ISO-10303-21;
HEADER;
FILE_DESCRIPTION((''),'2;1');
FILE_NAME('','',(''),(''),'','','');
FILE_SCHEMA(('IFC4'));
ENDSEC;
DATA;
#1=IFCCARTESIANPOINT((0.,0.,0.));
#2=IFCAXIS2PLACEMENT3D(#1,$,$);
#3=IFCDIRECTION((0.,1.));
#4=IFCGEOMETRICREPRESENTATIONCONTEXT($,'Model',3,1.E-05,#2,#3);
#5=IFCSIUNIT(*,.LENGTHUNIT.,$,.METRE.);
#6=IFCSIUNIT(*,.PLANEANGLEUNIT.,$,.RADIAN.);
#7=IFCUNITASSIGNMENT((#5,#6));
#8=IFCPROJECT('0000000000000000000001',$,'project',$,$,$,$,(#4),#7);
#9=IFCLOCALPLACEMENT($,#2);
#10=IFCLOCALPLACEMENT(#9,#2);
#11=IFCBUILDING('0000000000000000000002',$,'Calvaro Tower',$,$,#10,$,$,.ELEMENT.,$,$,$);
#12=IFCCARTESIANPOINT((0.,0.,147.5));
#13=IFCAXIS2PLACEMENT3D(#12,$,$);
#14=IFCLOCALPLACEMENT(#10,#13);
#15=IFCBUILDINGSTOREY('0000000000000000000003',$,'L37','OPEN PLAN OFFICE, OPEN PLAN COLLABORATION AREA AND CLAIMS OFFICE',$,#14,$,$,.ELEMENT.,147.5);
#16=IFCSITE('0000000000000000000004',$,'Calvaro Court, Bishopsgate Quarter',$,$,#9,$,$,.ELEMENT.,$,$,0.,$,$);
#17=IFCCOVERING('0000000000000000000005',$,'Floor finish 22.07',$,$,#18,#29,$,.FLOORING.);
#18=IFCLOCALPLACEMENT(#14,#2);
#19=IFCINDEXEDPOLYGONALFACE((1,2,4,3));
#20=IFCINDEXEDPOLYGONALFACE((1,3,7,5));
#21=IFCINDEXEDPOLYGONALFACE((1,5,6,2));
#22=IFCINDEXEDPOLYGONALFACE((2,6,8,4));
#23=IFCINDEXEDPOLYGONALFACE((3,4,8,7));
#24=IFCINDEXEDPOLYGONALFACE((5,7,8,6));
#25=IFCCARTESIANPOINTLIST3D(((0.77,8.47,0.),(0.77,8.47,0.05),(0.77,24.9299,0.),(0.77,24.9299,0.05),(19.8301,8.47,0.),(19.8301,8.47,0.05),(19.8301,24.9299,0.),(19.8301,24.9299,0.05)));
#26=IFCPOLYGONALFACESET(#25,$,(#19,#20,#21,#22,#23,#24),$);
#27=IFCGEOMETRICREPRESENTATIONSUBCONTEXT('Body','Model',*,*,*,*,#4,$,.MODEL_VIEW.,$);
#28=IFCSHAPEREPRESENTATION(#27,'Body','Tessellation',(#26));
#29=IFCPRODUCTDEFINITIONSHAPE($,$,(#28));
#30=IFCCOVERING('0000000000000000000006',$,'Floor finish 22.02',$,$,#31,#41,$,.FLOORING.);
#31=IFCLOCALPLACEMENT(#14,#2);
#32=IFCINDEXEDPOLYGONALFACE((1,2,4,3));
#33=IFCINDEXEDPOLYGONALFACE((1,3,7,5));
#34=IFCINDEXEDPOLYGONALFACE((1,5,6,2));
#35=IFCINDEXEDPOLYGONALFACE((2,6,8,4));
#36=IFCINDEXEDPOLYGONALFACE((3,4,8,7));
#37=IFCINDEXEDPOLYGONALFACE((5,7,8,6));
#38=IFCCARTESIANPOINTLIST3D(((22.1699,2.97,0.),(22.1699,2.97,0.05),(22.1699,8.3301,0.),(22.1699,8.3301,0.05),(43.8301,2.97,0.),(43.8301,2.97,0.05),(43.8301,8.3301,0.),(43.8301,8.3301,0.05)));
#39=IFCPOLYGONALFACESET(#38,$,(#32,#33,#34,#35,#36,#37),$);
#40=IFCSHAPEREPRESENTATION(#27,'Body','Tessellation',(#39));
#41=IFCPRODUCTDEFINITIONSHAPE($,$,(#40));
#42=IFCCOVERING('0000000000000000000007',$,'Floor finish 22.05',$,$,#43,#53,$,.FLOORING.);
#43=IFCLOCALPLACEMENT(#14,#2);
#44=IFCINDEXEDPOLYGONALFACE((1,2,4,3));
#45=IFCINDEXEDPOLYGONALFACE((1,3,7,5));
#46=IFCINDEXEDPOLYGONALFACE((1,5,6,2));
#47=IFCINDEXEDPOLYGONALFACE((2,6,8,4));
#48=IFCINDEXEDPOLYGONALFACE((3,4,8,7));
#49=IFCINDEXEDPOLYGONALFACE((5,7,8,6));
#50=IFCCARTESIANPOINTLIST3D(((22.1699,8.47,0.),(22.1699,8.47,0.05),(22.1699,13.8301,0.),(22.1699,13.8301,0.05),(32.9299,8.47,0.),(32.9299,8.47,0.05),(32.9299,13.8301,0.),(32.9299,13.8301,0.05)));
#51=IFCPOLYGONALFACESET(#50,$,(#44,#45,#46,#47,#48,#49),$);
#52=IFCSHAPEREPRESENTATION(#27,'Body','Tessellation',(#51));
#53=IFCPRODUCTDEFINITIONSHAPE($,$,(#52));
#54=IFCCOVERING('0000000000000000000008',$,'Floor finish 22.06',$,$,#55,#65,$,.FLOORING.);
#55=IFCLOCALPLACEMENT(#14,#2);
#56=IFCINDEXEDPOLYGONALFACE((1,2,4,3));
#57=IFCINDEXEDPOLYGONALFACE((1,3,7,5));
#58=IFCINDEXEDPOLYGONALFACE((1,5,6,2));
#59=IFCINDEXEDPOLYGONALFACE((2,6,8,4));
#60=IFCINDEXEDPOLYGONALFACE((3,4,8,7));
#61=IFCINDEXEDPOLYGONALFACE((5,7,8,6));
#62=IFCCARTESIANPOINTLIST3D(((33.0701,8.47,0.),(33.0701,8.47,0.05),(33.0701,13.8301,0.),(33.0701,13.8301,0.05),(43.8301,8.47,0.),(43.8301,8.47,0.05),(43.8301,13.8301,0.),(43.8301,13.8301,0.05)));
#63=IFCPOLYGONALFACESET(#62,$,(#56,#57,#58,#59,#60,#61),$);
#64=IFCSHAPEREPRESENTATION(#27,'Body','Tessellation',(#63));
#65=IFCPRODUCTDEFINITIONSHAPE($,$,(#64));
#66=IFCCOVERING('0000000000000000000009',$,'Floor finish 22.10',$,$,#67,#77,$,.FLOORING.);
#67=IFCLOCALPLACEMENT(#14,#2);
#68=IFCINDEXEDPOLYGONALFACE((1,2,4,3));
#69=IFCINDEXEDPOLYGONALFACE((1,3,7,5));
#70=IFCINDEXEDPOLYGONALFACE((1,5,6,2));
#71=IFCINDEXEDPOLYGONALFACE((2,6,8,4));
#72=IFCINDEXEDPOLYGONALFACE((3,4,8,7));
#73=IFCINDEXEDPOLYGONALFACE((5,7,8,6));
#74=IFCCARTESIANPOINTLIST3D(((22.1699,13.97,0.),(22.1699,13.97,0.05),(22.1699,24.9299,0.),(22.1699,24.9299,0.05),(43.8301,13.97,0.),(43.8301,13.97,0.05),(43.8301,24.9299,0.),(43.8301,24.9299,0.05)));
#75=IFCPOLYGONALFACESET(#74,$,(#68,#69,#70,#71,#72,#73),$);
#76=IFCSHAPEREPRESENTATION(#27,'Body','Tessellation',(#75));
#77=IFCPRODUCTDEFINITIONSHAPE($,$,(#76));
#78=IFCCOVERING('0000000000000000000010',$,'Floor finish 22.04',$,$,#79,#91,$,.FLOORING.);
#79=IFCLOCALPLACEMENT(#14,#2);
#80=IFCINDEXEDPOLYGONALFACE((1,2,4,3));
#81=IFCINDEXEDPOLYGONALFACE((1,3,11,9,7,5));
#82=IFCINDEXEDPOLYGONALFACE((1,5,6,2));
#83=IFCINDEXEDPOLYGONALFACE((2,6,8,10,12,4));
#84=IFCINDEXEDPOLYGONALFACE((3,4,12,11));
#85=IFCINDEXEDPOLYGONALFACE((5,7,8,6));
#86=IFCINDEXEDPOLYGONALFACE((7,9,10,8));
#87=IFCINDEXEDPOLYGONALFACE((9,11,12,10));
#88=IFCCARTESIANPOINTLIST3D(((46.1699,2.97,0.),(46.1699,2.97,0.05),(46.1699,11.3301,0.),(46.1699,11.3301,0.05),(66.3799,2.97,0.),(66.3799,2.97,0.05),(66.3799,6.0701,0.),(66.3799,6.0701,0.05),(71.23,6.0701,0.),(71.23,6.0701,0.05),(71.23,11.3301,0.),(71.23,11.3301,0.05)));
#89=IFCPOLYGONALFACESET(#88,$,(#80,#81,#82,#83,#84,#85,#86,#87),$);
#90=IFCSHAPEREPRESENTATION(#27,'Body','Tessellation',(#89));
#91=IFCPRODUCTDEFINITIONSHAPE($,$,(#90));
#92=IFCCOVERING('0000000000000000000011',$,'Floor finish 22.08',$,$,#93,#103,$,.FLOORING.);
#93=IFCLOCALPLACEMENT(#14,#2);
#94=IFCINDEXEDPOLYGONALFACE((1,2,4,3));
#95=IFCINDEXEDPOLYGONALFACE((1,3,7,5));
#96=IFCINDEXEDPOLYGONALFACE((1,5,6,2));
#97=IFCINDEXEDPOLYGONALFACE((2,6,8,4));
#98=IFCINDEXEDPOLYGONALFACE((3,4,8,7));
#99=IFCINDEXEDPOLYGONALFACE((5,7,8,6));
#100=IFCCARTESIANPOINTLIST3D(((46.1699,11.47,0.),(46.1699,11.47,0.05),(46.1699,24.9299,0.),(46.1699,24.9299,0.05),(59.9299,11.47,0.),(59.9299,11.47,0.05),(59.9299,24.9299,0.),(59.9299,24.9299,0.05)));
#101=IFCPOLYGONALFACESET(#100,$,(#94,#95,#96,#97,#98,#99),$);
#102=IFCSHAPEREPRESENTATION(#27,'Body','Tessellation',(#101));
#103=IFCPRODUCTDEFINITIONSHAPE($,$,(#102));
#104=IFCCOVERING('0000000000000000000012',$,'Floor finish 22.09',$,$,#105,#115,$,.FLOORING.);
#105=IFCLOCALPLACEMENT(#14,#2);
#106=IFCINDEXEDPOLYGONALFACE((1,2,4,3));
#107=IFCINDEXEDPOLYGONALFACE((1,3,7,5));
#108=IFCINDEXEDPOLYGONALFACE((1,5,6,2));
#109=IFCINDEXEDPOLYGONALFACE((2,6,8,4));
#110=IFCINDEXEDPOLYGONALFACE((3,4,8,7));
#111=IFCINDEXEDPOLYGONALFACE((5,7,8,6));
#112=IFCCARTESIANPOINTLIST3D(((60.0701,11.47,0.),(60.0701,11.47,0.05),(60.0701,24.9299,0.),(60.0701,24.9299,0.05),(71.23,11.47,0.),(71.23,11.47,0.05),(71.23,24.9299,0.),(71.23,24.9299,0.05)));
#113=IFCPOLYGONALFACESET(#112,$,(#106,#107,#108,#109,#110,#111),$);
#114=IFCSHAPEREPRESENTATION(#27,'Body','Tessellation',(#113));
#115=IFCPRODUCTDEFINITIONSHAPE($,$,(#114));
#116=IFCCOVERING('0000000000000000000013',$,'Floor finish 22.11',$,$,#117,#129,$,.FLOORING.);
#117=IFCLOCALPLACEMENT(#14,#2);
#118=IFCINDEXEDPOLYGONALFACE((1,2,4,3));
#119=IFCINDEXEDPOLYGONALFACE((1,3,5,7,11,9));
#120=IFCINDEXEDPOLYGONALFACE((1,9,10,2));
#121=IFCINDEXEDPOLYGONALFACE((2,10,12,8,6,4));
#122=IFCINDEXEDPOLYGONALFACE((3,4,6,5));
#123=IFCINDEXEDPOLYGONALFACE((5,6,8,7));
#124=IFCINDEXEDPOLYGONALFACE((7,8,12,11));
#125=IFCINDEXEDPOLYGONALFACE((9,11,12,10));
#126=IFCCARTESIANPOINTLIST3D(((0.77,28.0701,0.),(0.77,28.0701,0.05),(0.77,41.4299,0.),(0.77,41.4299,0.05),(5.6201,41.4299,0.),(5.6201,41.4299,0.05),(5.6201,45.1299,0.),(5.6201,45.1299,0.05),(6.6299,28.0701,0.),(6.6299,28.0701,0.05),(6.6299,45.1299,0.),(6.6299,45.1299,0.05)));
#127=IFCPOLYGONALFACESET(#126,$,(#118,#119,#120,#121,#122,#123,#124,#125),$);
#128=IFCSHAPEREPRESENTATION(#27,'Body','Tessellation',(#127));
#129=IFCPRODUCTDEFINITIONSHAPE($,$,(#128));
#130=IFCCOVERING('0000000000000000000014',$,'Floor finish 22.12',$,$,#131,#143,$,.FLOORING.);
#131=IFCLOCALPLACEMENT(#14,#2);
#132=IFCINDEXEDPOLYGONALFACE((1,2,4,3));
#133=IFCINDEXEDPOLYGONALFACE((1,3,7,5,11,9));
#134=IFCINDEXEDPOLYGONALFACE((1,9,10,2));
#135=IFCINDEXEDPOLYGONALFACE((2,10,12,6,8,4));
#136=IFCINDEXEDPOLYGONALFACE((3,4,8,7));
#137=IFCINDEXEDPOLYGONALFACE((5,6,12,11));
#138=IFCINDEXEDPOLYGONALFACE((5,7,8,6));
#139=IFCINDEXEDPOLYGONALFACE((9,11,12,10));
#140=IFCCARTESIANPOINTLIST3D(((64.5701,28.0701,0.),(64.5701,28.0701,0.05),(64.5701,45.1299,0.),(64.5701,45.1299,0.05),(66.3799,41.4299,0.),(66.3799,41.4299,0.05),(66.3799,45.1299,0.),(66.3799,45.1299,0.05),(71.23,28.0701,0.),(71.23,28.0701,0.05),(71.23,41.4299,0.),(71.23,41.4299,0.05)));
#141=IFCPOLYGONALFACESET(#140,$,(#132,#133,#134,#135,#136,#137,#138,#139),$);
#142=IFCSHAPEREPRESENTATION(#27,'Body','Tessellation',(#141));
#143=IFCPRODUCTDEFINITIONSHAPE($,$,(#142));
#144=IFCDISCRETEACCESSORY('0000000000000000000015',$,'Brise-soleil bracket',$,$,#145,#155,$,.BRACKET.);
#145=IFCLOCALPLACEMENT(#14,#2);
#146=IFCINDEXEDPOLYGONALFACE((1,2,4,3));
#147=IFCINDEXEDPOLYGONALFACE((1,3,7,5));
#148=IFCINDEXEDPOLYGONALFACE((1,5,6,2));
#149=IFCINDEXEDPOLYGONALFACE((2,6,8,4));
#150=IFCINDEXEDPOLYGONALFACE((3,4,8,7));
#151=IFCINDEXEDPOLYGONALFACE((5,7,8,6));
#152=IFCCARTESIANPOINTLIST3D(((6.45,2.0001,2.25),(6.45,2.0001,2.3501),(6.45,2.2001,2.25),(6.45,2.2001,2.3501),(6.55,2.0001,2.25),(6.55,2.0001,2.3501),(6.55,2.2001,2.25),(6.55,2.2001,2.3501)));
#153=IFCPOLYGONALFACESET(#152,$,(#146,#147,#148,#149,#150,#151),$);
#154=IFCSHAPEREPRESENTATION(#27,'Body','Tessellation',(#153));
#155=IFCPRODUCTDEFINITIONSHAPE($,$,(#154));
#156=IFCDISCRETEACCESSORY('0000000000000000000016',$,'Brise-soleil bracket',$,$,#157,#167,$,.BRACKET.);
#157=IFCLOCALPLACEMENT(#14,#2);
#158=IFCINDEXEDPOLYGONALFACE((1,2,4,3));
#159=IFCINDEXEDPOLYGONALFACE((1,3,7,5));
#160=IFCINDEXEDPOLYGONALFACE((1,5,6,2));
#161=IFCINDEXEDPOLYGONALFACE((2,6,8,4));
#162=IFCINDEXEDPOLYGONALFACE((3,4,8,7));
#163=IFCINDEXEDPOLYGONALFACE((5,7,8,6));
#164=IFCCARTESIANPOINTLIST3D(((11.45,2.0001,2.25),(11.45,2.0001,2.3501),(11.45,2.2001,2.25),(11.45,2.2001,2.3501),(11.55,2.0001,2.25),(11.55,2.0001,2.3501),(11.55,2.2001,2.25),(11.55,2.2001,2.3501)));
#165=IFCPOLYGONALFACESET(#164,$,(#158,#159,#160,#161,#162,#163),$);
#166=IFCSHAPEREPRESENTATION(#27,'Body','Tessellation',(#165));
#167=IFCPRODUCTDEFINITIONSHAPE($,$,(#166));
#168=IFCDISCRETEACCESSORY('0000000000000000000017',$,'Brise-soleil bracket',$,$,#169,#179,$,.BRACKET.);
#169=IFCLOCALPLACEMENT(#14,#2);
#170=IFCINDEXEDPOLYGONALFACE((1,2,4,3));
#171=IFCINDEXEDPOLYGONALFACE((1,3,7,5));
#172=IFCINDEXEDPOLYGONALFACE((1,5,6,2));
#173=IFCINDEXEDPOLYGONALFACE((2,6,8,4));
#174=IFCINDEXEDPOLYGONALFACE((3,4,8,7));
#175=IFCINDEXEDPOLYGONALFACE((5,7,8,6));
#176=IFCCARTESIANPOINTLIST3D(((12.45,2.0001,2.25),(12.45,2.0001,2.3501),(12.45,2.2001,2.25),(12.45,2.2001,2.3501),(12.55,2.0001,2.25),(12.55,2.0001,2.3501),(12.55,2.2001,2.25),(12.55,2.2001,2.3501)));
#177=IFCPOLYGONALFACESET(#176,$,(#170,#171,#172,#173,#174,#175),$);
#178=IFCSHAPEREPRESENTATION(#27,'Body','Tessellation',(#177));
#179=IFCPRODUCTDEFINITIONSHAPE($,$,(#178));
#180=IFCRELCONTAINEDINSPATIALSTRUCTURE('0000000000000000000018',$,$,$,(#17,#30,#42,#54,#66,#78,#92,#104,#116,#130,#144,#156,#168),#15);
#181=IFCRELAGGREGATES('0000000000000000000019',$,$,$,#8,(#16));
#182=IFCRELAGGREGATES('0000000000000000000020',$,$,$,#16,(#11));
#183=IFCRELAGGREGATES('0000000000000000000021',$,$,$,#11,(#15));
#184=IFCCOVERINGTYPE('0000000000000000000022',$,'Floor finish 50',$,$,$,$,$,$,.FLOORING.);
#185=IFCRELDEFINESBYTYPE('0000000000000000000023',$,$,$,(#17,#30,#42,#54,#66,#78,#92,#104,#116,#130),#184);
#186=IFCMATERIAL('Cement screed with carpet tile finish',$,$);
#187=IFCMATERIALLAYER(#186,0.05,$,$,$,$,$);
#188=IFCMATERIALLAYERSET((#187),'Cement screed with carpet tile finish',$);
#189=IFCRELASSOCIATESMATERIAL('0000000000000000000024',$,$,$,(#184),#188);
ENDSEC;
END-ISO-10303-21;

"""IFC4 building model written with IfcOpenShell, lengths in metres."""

from ifc_helpers import new_model, si_unit, direction, frame, origin, origin_2d, place, context, subcontext, project, spatial, polyline, rectangle, outline, extrude, material, layer, layer_set, type_object, element, save


model = new_model("IFC4")

# Units and contexts
model_context = context("Model", 3, precision=1e-05, world=origin(), true_north=direction((0.0, 1.0)))
body_context = subcontext(model_context, "Body", "Model", "MODEL_VIEW")
ifc_project = project(units=[si_unit("LENGTHUNIT", "METRE"), si_unit("PLANEANGLEUNIT", "RADIAN")], contexts=[model_context])

# Site, building, storey
site_placement = place(None, origin())
site = spatial("IfcSite", under=ifc_project, at=site_placement, Name="Calvaro Court, Bishopsgate Quarter", CompositionType="ELEMENT", RefElevation=0.0)
building_placement = place(site_placement, origin())
building = spatial("IfcBuilding", under=site, at=building_placement, Name="Calvaro Tower", CompositionType="ELEMENT")
storey_placement = place(building_placement, frame((0.0, 0.0, 147.5)))
storey = spatial("IfcBuildingStorey", under=building, at=storey_placement, Name="L37", Description="OPEN PLAN OFFICE, OPEN PLAN COLLABORATION AREA AND CLAIMS OFFICE", CompositionType="ELEMENT", Elevation=147.5)

# Coverings
ifc_material_1 = material(Name="Cement screed with carpet tile finish")
ifc_layer_1 = layer(ifc_material_1, 0.05)
ifc_layer_set_1 = layer_set([ifc_layer_1], Name="Cement screed with carpet tile finish")
covering_type = type_object("IfcCoveringType", Name="Floor finish 50", PredefinedType="FLOORING", material=ifc_layer_set_1)
covering_1_placement = place(storey_placement, origin())
element("IfcCovering", 1, at=covering_1_placement, inside=storey, type_object=covering_type, Name="Floor finish 22.07", PredefinedType="FLOORING", context=body_context, shape_type="SweptSolid", body=[
    extrude(outline(polyline([(19.8301, 24.9299), (19.8301, 8.47), (0.77, 8.47), (0.77, 24.9299), (19.8301, 24.9299)])), origin(), (0.0, 0.0, 1.0), 0.05),
])
covering_2_placement = place(storey_placement, origin())
element("IfcCovering", 2, at=covering_2_placement, inside=storey, type_object=covering_type, Name="Floor finish 22.02", PredefinedType="FLOORING", context=body_context, shape_type="SweptSolid", body=[
    extrude(outline(polyline([(22.1699, 8.3301), (43.8301, 8.3301), (43.8301, 2.97), (22.1699, 2.97), (22.1699, 8.3301)])), origin(), (0.0, 0.0, 1.0), 0.05),
])
covering_3_placement = place(storey_placement, origin())
element("IfcCovering", 3, at=covering_3_placement, inside=storey, type_object=covering_type, Name="Floor finish 22.05", PredefinedType="FLOORING", context=body_context, shape_type="SweptSolid", body=[
    extrude(outline(polyline([(22.1699, 8.47), (22.1699, 13.8301), (32.9299, 13.8301), (32.9299, 8.47), (22.1699, 8.47)])), origin(), (0.0, 0.0, 1.0), 0.05),
])
covering_4_placement = place(storey_placement, origin())
element("IfcCovering", 4, at=covering_4_placement, inside=storey, type_object=covering_type, Name="Floor finish 22.06", PredefinedType="FLOORING", context=body_context, shape_type="SweptSolid", body=[
    extrude(outline(polyline([(33.0701, 8.47), (33.0701, 13.8301), (43.8301, 13.8301), (43.8301, 8.47), (33.0701, 8.47)])), origin(), (0.0, 0.0, 1.0), 0.05),
])
covering_5_placement = place(storey_placement, origin())
element("IfcCovering", 5, at=covering_5_placement, inside=storey, type_object=covering_type, Name="Floor finish 22.10", PredefinedType="FLOORING", context=body_context, shape_type="SweptSolid", body=[
    extrude(outline(polyline([(22.1699, 13.97), (22.1699, 24.9299), (43.8301, 24.9299), (43.8301, 13.97), (22.1699, 13.97)])), origin(), (0.0, 0.0, 1.0), 0.05),
])
covering_6_placement = place(storey_placement, origin())
element("IfcCovering", 6, at=covering_6_placement, inside=storey, type_object=covering_type, Name="Floor finish 22.04", PredefinedType="FLOORING", context=body_context, shape_type="SweptSolid", body=[
    extrude(outline(polyline([(71.23, 6.0701), (66.3799, 6.0701), (66.3799, 2.97), (46.1699, 2.97), (46.1699, 11.3301), (71.23, 11.3301), (71.23, 6.0701)])), origin(), (0.0, 0.0, 1.0), 0.05),
])
covering_7_placement = place(storey_placement, origin())
element("IfcCovering", 7, at=covering_7_placement, inside=storey, type_object=covering_type, Name="Floor finish 22.08", PredefinedType="FLOORING", context=body_context, shape_type="SweptSolid", body=[
    extrude(outline(polyline([(46.1699, 11.47), (46.1699, 24.9299), (59.9299, 24.9299), (59.9299, 11.47), (46.1699, 11.47)])), origin(), (0.0, 0.0, 1.0), 0.05),
])
covering_8_placement = place(storey_placement, origin())
element("IfcCovering", 8, at=covering_8_placement, inside=storey, type_object=covering_type, Name="Floor finish 22.09", PredefinedType="FLOORING", context=body_context, shape_type="SweptSolid", body=[
    extrude(outline(polyline([(71.23, 11.47), (60.0701, 11.47), (60.0701, 24.9299), (71.23, 24.9299), (71.23, 11.47)])), origin(), (0.0, 0.0, 1.0), 0.05),
])
covering_9_placement = place(storey_placement, origin())
element("IfcCovering", 9, at=covering_9_placement, inside=storey, type_object=covering_type, Name="Floor finish 22.11", PredefinedType="FLOORING", context=body_context, shape_type="SweptSolid", body=[
    extrude(outline(polyline([(6.6299, 28.0701), (0.77, 28.0701), (0.77, 41.4299), (5.6201, 41.4299), (5.6201, 45.1299), (6.6299, 45.1299), (6.6299, 28.0701)])), origin(), (0.0, 0.0, 1.0), 0.05),
])
covering_10_placement = place(storey_placement, origin())
element("IfcCovering", 10, at=covering_10_placement, inside=storey, type_object=covering_type, Name="Floor finish 22.12", PredefinedType="FLOORING", context=body_context, shape_type="SweptSolid", body=[
    extrude(outline(polyline([(71.23, 28.0701), (64.5701, 28.0701), (64.5701, 45.1299), (66.3799, 45.1299), (66.3799, 41.4299), (71.23, 41.4299), (71.23, 28.0701)])), origin(), (0.0, 0.0, 1.0), 0.05),
])

# Discrete accessories
for number, where, z_axis, x_axis, name in (
    (11, (6.5, 2.1001, 2.25), (0.0, 0.0, 1.0), (1.0, 0.0, 0.0), "Brise-soleil bracket"),
    (12, (11.5, 2.1001, 2.25), (0.0, 0.0, 1.0), (1.0, 0.0, 0.0), "Brise-soleil bracket"),
    (13, (12.5, 2.1001, 2.25), (0.0, 0.0, 1.0), (1.0, 0.0, 0.0), "Brise-soleil bracket"),
):
    element("IfcDiscreteAccessory", number, at=place(storey_placement, frame(where, z_axis=z_axis, x_axis=x_axis)), inside=storey, Name=name, PredefinedType="BRACKET", context=body_context, shape_type="SweptSolid", body=[
        extrude(rectangle(XDim=0.1001, YDim=0.2, at=origin_2d()), origin(), (0.0, 0.0, 1.0), 0.1001),
    ])

save(model, "model.ifc")
